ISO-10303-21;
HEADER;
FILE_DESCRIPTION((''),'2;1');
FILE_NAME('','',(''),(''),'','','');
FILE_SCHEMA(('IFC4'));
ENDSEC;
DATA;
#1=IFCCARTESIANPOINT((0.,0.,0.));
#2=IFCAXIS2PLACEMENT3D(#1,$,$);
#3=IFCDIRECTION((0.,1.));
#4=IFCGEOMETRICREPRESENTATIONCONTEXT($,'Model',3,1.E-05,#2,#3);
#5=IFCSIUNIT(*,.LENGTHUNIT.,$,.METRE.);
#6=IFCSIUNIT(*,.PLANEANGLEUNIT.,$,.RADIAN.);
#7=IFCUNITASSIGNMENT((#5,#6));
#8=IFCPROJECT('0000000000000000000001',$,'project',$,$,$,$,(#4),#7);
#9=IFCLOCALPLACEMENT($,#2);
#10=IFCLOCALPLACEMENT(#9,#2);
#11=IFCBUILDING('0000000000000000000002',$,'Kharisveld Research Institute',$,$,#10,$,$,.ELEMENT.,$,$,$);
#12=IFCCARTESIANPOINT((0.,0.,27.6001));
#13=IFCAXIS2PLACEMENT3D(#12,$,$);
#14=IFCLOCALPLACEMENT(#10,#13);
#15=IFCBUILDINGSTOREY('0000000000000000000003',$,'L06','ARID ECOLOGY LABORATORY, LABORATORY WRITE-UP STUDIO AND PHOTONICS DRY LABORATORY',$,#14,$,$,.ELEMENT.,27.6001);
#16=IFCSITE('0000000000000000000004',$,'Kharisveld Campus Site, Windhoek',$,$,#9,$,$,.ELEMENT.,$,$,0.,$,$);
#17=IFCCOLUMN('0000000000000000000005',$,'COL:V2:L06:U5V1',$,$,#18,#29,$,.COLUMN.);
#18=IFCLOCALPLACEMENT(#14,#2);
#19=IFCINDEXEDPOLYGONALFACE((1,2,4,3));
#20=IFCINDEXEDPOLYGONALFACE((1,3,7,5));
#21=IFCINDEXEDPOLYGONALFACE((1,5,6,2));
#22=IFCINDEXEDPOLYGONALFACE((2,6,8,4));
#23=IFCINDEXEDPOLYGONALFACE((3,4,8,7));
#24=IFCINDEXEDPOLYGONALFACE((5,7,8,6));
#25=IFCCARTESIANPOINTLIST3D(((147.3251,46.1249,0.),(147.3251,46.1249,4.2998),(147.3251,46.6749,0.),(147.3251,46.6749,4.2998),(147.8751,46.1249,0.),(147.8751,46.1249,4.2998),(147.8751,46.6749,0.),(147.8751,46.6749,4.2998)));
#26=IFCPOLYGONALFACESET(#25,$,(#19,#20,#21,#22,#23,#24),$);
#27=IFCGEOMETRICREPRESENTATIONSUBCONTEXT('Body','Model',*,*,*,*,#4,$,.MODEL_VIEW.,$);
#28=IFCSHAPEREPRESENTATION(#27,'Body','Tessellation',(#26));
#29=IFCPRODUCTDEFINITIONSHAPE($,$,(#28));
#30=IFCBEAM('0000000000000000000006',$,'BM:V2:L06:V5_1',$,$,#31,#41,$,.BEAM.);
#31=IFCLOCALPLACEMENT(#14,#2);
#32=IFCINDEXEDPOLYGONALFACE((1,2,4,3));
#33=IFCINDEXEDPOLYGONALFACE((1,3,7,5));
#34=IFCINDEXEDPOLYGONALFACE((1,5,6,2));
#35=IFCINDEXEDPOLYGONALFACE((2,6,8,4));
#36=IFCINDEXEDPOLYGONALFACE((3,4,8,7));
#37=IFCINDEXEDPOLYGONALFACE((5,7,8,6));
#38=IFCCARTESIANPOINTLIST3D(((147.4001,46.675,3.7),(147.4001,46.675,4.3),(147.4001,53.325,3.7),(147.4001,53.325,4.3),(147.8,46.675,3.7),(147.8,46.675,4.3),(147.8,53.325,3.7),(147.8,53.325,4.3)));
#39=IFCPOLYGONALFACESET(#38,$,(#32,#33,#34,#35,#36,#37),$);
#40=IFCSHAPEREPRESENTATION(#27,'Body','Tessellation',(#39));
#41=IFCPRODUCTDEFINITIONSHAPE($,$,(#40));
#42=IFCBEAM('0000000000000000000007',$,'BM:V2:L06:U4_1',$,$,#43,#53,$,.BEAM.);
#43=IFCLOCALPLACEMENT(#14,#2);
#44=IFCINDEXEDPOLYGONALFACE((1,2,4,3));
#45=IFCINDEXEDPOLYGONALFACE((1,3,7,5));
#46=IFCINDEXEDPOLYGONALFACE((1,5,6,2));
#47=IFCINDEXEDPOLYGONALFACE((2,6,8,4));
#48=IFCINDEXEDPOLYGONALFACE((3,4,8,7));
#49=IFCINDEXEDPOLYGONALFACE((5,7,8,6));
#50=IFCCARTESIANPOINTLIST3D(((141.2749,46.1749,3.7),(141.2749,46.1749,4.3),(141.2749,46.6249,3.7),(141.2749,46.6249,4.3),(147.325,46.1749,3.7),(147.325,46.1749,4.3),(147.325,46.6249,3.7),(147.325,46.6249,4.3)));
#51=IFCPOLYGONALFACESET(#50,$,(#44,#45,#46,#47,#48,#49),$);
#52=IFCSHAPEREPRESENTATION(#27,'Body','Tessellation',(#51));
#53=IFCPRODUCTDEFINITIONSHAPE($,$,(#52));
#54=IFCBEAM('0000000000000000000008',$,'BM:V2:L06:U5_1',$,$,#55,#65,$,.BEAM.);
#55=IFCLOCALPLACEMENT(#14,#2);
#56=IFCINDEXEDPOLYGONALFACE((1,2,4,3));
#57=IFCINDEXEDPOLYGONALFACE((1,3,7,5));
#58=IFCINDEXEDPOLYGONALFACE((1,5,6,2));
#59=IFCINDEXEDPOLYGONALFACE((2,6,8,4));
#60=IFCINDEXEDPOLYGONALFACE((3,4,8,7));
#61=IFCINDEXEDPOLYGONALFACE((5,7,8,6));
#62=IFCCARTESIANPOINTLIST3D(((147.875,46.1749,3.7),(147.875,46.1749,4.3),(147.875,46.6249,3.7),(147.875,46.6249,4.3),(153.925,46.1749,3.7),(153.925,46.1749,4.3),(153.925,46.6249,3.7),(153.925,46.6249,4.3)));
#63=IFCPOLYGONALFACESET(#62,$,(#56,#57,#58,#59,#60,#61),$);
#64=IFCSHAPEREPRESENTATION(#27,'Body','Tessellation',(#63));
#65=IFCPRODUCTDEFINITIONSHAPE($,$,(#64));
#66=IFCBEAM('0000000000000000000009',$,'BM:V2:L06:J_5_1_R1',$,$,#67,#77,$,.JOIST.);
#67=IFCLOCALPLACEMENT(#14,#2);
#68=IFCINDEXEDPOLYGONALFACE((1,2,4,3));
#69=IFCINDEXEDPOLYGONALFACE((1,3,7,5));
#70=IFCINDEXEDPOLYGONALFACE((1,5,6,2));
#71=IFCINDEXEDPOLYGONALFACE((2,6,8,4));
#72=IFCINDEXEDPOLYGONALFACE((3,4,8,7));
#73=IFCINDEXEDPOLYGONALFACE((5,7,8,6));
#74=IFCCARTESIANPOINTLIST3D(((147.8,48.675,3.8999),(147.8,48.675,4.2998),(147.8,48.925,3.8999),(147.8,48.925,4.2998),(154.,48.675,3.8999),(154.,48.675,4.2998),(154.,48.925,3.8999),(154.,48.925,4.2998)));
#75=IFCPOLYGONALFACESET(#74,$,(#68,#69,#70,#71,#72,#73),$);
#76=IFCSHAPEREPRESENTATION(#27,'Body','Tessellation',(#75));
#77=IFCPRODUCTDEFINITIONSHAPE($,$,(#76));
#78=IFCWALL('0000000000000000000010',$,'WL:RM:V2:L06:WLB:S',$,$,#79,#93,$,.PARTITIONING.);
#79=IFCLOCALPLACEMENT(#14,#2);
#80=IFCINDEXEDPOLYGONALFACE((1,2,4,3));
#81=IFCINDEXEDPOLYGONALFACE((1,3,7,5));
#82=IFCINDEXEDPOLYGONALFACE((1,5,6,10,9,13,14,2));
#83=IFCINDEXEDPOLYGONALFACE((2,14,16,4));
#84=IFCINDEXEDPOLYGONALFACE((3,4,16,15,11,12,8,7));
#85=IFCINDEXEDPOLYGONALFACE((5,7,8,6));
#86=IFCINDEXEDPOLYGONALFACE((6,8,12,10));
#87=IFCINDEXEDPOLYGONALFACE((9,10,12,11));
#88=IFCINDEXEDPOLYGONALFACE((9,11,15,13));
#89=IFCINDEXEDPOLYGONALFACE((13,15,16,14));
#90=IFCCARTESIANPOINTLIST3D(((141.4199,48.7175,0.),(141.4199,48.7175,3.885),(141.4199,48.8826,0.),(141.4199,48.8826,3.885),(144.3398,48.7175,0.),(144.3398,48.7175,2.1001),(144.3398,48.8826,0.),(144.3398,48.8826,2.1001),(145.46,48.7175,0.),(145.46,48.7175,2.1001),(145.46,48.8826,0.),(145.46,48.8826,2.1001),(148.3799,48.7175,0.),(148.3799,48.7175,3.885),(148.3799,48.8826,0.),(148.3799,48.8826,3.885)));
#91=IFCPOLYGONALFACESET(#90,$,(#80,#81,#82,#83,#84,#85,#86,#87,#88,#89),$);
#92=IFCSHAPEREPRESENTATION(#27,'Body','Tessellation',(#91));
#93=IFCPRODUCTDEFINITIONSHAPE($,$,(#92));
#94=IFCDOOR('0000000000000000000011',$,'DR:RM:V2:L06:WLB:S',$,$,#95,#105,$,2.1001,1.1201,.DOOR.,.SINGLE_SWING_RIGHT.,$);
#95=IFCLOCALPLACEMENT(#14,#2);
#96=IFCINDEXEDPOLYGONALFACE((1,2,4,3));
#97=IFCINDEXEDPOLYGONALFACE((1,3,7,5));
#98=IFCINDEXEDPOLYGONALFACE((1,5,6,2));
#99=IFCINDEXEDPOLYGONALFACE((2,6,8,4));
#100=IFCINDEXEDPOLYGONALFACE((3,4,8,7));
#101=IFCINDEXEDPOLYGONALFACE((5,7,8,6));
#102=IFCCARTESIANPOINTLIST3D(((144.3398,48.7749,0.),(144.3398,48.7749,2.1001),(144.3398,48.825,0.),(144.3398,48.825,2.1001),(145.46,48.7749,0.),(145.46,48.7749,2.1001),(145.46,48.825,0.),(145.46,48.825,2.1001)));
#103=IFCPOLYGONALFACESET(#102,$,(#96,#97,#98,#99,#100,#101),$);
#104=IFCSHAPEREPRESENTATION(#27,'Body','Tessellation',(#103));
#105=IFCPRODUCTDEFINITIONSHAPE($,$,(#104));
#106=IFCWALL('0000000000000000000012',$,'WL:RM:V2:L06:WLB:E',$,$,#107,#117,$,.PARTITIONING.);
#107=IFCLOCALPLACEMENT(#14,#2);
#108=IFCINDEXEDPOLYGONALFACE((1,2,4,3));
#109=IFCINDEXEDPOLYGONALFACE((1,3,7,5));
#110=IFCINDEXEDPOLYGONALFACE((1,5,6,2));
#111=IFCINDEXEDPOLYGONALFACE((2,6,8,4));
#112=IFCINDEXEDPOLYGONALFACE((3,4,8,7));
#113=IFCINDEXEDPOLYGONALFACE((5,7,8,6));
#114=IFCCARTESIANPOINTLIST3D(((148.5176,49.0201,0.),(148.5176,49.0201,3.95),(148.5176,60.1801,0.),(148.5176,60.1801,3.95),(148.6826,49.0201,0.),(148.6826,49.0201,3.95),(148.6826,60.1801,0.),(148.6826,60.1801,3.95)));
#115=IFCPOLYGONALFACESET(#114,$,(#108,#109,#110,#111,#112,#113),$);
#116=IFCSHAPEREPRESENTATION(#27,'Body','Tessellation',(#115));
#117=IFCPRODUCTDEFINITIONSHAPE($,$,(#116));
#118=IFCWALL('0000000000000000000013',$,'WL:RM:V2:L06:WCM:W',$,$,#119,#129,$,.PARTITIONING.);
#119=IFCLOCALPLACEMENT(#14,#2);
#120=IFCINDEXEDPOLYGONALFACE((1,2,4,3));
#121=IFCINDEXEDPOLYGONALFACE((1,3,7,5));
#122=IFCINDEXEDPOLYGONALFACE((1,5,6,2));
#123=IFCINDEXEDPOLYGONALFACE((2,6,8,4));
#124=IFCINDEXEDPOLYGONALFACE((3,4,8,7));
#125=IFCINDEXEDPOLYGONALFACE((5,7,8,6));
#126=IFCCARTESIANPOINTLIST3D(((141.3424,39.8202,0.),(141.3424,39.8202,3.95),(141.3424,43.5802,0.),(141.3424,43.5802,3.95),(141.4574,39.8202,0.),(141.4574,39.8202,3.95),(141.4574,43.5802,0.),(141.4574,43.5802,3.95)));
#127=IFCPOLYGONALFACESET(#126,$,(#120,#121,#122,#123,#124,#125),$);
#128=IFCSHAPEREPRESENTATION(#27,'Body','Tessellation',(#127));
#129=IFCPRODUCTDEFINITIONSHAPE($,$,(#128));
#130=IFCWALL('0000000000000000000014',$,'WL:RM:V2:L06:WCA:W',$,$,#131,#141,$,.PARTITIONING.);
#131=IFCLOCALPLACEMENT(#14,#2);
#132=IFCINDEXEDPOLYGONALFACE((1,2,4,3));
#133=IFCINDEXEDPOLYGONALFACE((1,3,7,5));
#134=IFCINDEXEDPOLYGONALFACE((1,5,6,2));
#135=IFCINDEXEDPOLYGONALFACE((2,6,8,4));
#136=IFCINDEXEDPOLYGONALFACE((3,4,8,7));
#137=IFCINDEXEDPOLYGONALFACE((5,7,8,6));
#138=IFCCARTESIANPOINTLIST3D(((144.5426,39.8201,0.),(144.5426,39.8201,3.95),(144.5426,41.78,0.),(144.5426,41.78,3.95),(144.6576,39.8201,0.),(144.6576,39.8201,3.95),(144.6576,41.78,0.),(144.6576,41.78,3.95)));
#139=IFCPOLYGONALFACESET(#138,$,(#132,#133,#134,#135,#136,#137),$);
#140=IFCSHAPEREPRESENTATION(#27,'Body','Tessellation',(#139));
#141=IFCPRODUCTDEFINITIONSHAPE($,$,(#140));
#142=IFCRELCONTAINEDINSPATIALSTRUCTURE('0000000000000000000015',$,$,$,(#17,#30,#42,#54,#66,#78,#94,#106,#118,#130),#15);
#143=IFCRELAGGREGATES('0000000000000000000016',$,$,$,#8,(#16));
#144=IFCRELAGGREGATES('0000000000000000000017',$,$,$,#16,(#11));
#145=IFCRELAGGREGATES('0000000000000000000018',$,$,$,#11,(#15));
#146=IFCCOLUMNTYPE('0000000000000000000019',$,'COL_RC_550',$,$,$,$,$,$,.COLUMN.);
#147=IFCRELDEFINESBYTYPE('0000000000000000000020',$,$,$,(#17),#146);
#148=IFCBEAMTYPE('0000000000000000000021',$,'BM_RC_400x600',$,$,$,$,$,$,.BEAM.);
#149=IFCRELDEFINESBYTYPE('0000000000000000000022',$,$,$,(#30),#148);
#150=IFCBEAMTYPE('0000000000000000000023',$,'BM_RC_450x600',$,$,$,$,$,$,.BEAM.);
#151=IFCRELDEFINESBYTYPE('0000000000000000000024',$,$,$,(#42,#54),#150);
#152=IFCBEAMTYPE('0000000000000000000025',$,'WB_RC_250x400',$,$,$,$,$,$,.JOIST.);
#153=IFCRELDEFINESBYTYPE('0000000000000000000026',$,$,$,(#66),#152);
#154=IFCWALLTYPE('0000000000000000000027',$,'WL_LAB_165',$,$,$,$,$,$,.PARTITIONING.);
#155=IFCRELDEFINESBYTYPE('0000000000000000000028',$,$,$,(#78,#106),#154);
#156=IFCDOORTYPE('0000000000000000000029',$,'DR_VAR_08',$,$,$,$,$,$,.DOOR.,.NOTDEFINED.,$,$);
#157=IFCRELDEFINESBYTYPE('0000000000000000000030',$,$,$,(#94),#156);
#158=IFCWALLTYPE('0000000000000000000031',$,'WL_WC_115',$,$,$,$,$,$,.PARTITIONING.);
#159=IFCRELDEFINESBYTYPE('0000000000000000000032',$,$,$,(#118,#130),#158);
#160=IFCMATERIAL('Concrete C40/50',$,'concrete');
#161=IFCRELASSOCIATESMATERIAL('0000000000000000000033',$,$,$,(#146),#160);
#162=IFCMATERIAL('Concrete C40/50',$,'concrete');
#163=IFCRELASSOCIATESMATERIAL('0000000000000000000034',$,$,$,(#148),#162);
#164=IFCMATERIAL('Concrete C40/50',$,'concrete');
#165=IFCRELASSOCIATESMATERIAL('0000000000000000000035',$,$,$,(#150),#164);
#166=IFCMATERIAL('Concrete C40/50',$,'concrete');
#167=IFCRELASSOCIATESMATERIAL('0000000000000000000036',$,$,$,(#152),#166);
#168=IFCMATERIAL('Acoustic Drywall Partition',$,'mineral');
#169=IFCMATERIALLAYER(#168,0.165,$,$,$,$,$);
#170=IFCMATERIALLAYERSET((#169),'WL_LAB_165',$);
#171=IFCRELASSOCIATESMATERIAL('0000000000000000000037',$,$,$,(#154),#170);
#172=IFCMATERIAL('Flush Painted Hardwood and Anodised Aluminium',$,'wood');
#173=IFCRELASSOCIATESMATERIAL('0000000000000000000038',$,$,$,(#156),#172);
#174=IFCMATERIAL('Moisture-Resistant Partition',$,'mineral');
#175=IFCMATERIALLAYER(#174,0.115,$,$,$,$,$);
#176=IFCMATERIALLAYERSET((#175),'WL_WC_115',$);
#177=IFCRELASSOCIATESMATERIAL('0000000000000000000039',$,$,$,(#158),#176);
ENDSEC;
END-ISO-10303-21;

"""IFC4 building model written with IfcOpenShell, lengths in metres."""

from ifc_helpers import new_model, si_unit, direction, frame, frame_2d, origin, origin_2d, place, context, subcontext, project, spatial, rectangle, extrude, material, layer, layer_set, material_profile, profile_set, type_object, element, fill, save


model = new_model("IFC4")

# Units and contexts
model_context = context("Model", 3, precision=1e-05, world=origin(), true_north=direction((0.0, 1.0)))
body_context = subcontext(model_context, "Body", "Model", "MODEL_VIEW")
ifc_project = project(units=[si_unit("LENGTHUNIT", "METRE"), si_unit("PLANEANGLEUNIT", "RADIAN")], contexts=[model_context])

# Site, building, storey
site_placement = place(None, origin())
site = spatial("IfcSite", under=ifc_project, at=site_placement, Name="Kharisveld Campus Site, Windhoek", CompositionType="ELEMENT", RefElevation=0.0)
building_placement = place(site_placement, origin())
building = spatial("IfcBuilding", under=site, at=building_placement, Name="Kharisveld Research Institute", CompositionType="ELEMENT")
storey_placement = place(building_placement, frame((0.0, 0.0, 27.6001)))
storey = spatial("IfcBuildingStorey", under=building, at=storey_placement, Name="L06", Description="ARID ECOLOGY LABORATORY, LABORATORY WRITE-UP STUDIO AND PHOTONICS DRY LABORATORY", CompositionType="ELEMENT", Elevation=27.6001)

# Column
ifc_material_1 = material(Name="Concrete C40/50", Category="concrete")
ifc_material_profile_1 = material_profile(ifc_material_1, rectangle(XDim=0.55, YDim=0.55, at=origin_2d()))
ifc_profile_set_1 = profile_set([ifc_material_profile_1], Name="Concrete C40/50")
column_type = type_object("IfcColumnType", Name="COL_RC_550", PredefinedType="COLUMN", material=ifc_profile_set_1)
column_placement = place(storey_placement, frame((147.6001, 46.3999, 0.0), z_axis=(0.0, 0.0, 1.0), x_axis=(1.0, 0.0, 0.0)))
element("IfcColumn", 1, at=column_placement, inside=storey, type_object=column_type, Name="COL:V2:L06:U5V1", PredefinedType="COLUMN", context=body_context, shape_type="SweptSolid", body=[
    extrude(rectangle(XDim=0.55, YDim=0.55, at=origin_2d()), origin(), (0.0, 0.0, 1.0), 4.2998),
])

# Beams
ifc_material_2 = material(Name="Concrete C40/50", Category="concrete")
ifc_material_profile_2 = material_profile(ifc_material_2, rectangle(XDim=0.3999, YDim=0.6001, at=origin_2d()))
ifc_profile_set_2 = profile_set([ifc_material_profile_2], Name="Concrete C40/50")
beam_type_1 = type_object("IfcBeamType", Name="BM_RC_400x600", PredefinedType="BEAM", material=ifc_profile_set_2)
beam_1_placement = place(storey_placement, frame((147.6001, 46.675, 4.0), z_axis=(0.0, 1.0, 0.0), x_axis=(-1.0, 0.0, 0.0)))
element("IfcBeam", 2, at=beam_1_placement, inside=storey, type_object=beam_type_1, Name="BM:V2:L06:V5_1", PredefinedType="BEAM", context=body_context, shape_type="SweptSolid", body=[
    extrude(rectangle(XDim=0.3999, YDim=0.6001, at=origin_2d()), origin(), (0.0, 0.0, 1.0), 6.6499),
])
ifc_material_3 = material(Name="Concrete C40/50", Category="concrete")
ifc_material_profile_3 = material_profile(ifc_material_3, rectangle(XDim=0.45, YDim=0.6001, at=origin_2d()))
ifc_profile_set_3 = profile_set([ifc_material_profile_3], Name="Concrete C40/50")
beam_type_2 = type_object("IfcBeamType", Name="BM_RC_450x600", PredefinedType="BEAM", material=ifc_profile_set_3)
for number, where, z_axis, x_axis, name in (
    (3, (141.2749, 46.3999, 4.0), (1.0, 0.0, 0.0), (0.0, 1.0, 0.0), "BM:V2:L06:U4_1"),
    (4, (147.875, 46.3999, 4.0), (1.0, 0.0, 0.0), (0.0, 1.0, 0.0), "BM:V2:L06:U5_1"),
):
    element("IfcBeam", number, at=place(storey_placement, frame(where, z_axis=z_axis, x_axis=x_axis)), inside=storey, type_object=beam_type_2, Name=name, PredefinedType="BEAM", context=body_context, shape_type="SweptSolid", body=[
        extrude(rectangle(XDim=0.45, YDim=0.6001, at=origin_2d()), origin(), (0.0, 0.0, 1.0), 6.05),
    ])
ifc_material_4 = material(Name="Concrete C40/50", Category="concrete")
ifc_material_profile_4 = material_profile(ifc_material_4, rectangle(XDim=0.25, YDim=0.3999, at=origin_2d()))
ifc_profile_set_4 = profile_set([ifc_material_profile_4], Name="Concrete C40/50")
beam_type_3 = type_object("IfcBeamType", Name="WB_RC_250x400", PredefinedType="JOIST", material=ifc_profile_set_4)
beam_2_placement = place(storey_placement, frame((147.8, 48.8, 4.0999), z_axis=(1.0, 0.0, 0.0), x_axis=(0.0, 1.0, 0.0)))
element("IfcBeam", 5, at=beam_2_placement, inside=storey, type_object=beam_type_3, Name="BM:V2:L06:J_5_1_R1", PredefinedType="JOIST", context=body_context, shape_type="SweptSolid", body=[
    extrude(rectangle(XDim=0.25, YDim=0.3999, at=origin_2d()), origin(), (0.0, 0.0, 1.0), 6.2),
])

# Wall, opening, door
ifc_material_5 = material(Name="Acoustic Drywall Partition", Category="mineral")
ifc_layer_1 = layer(ifc_material_5, 0.165)
ifc_layer_set_1 = layer_set([ifc_layer_1], Name="WL_LAB_165")
wall_type_1 = type_object("IfcWallType", Name="WL_LAB_165", PredefinedType="PARTITIONING", material=ifc_layer_set_1)
wall_1_placement = place(storey_placement, frame((141.4199, 48.8, 0.0), z_axis=(0.0, 0.0, 1.0), x_axis=(1.0, 0.0, 0.0)))
wall_1 = element("IfcWall", 6, at=wall_1_placement, inside=storey, type_object=wall_type_1, Name="WL:RM:V2:L06:WLB:S", PredefinedType="PARTITIONING", context=body_context, shape_type="SweptSolid", body=[
    extrude(rectangle(XDim=6.96, YDim=0.165, at=frame_2d((3.48, 0.0))), origin(), (0.0, 0.0, 1.0), 3.885),
])
opening_1_placement = place(wall_1_placement, frame((2.9199, 0.0, 0.0)))
opening_1 = element("IfcOpeningElement", 7, at=opening_1_placement, cuts=wall_1, PredefinedType="OPENING", context=body_context, shape_type="SweptSolid", body=[
    extrude(rectangle(XDim=1.1201, YDim=2.1001, at=frame_2d((0.5601, 1.05))), frame((0.0, 0.0825, 0.0), z_axis=(0.0, -1.0, 0.0), x_axis=(1.0, 0.0, 0.0)), (0.0, 0.0, 1.0), 0.165),
])
ifc_material_6 = material(Name="Flush Painted Hardwood and Anodised Aluminium", Category="wood")
door_type_1 = type_object("IfcDoorType", Name="DR_VAR_08", OperationType="NOTDEFINED", PredefinedType="DOOR", material=ifc_material_6)
door_1_placement = place(opening_1_placement, origin())
door_1 = element("IfcDoor", 8, at=door_1_placement, inside=storey, type_object=door_type_1, Name="DR:RM:V2:L06:WLB:S", OperationType="SINGLE_SWING_RIGHT", OverallHeight=2.1001, OverallWidth=1.1201, PredefinedType="DOOR", context=body_context, shape_type="SweptSolid", body=[
    extrude(rectangle(XDim=1.1201, YDim=2.1001, at=frame_2d((0.5601, 1.05))), frame((0.0, 0.0249, 0.0), z_axis=(0.0, -1.0, 0.0), x_axis=(1.0, 0.0, 0.0)), (0.0, 0.0, 1.0), 0.05),
])
fill(opening_1, door_1)

# Wall
wall_2_placement = place(storey_placement, frame((148.6001, 49.02, 0.0), z_axis=(0.0, 0.0, 1.0), x_axis=(0.0, 1.0, 0.0)))
element("IfcWall", 9, at=wall_2_placement, inside=storey, type_object=wall_type_1, Name="WL:RM:V2:L06:WLB:E", PredefinedType="PARTITIONING", context=body_context, shape_type="SweptSolid", body=[
    extrude(rectangle(XDim=11.1599, YDim=0.165, at=frame_2d((5.5801, 0.0))), origin(), (0.0, 0.0, 1.0), 3.95),
])

# Shared definitions
ifc_material_7 = material(Name="Moisture-Resistant Partition", Category="mineral")
ifc_layer_2 = layer(ifc_material_7, 0.115)
ifc_layer_set_2 = layer_set([ifc_layer_2], Name="WL_WC_115")
wall_type_2 = type_object("IfcWallType", Name="WL_WC_115", PredefinedType="PARTITIONING", material=ifc_layer_set_2)

# Wall
wall_3_placement = place(storey_placement, frame((141.3999, 43.5801, 0.0), z_axis=(0.0, 0.0, 1.0), x_axis=(0.0, -1.0, 0.0)))
element("IfcWall", 10, at=wall_3_placement, inside=storey, type_object=wall_type_2, Name="WL:RM:V2:L06:WCM:W", PredefinedType="PARTITIONING", context=body_context, shape_type="SweptSolid", body=[
    extrude(rectangle(XDim=3.76, YDim=0.115, at=frame_2d((1.8799, 0.0))), origin(), (0.0, 0.0, 1.0), 3.95),
])

# Wall
wall_4_placement = place(storey_placement, frame((144.6001, 41.78, 0.0), z_axis=(0.0, 0.0, 1.0), x_axis=(0.0, -1.0, 0.0)))
element("IfcWall", 11, at=wall_4_placement, inside=storey, type_object=wall_type_2, Name="WL:RM:V2:L06:WCA:W", PredefinedType="PARTITIONING", context=body_context, shape_type="SweptSolid", body=[
    extrude(rectangle(XDim=1.96, YDim=0.115, at=frame_2d((0.98, 0.0))), origin(), (0.0, 0.0, 1.0), 3.95),
])

save(model, "model.ifc")
